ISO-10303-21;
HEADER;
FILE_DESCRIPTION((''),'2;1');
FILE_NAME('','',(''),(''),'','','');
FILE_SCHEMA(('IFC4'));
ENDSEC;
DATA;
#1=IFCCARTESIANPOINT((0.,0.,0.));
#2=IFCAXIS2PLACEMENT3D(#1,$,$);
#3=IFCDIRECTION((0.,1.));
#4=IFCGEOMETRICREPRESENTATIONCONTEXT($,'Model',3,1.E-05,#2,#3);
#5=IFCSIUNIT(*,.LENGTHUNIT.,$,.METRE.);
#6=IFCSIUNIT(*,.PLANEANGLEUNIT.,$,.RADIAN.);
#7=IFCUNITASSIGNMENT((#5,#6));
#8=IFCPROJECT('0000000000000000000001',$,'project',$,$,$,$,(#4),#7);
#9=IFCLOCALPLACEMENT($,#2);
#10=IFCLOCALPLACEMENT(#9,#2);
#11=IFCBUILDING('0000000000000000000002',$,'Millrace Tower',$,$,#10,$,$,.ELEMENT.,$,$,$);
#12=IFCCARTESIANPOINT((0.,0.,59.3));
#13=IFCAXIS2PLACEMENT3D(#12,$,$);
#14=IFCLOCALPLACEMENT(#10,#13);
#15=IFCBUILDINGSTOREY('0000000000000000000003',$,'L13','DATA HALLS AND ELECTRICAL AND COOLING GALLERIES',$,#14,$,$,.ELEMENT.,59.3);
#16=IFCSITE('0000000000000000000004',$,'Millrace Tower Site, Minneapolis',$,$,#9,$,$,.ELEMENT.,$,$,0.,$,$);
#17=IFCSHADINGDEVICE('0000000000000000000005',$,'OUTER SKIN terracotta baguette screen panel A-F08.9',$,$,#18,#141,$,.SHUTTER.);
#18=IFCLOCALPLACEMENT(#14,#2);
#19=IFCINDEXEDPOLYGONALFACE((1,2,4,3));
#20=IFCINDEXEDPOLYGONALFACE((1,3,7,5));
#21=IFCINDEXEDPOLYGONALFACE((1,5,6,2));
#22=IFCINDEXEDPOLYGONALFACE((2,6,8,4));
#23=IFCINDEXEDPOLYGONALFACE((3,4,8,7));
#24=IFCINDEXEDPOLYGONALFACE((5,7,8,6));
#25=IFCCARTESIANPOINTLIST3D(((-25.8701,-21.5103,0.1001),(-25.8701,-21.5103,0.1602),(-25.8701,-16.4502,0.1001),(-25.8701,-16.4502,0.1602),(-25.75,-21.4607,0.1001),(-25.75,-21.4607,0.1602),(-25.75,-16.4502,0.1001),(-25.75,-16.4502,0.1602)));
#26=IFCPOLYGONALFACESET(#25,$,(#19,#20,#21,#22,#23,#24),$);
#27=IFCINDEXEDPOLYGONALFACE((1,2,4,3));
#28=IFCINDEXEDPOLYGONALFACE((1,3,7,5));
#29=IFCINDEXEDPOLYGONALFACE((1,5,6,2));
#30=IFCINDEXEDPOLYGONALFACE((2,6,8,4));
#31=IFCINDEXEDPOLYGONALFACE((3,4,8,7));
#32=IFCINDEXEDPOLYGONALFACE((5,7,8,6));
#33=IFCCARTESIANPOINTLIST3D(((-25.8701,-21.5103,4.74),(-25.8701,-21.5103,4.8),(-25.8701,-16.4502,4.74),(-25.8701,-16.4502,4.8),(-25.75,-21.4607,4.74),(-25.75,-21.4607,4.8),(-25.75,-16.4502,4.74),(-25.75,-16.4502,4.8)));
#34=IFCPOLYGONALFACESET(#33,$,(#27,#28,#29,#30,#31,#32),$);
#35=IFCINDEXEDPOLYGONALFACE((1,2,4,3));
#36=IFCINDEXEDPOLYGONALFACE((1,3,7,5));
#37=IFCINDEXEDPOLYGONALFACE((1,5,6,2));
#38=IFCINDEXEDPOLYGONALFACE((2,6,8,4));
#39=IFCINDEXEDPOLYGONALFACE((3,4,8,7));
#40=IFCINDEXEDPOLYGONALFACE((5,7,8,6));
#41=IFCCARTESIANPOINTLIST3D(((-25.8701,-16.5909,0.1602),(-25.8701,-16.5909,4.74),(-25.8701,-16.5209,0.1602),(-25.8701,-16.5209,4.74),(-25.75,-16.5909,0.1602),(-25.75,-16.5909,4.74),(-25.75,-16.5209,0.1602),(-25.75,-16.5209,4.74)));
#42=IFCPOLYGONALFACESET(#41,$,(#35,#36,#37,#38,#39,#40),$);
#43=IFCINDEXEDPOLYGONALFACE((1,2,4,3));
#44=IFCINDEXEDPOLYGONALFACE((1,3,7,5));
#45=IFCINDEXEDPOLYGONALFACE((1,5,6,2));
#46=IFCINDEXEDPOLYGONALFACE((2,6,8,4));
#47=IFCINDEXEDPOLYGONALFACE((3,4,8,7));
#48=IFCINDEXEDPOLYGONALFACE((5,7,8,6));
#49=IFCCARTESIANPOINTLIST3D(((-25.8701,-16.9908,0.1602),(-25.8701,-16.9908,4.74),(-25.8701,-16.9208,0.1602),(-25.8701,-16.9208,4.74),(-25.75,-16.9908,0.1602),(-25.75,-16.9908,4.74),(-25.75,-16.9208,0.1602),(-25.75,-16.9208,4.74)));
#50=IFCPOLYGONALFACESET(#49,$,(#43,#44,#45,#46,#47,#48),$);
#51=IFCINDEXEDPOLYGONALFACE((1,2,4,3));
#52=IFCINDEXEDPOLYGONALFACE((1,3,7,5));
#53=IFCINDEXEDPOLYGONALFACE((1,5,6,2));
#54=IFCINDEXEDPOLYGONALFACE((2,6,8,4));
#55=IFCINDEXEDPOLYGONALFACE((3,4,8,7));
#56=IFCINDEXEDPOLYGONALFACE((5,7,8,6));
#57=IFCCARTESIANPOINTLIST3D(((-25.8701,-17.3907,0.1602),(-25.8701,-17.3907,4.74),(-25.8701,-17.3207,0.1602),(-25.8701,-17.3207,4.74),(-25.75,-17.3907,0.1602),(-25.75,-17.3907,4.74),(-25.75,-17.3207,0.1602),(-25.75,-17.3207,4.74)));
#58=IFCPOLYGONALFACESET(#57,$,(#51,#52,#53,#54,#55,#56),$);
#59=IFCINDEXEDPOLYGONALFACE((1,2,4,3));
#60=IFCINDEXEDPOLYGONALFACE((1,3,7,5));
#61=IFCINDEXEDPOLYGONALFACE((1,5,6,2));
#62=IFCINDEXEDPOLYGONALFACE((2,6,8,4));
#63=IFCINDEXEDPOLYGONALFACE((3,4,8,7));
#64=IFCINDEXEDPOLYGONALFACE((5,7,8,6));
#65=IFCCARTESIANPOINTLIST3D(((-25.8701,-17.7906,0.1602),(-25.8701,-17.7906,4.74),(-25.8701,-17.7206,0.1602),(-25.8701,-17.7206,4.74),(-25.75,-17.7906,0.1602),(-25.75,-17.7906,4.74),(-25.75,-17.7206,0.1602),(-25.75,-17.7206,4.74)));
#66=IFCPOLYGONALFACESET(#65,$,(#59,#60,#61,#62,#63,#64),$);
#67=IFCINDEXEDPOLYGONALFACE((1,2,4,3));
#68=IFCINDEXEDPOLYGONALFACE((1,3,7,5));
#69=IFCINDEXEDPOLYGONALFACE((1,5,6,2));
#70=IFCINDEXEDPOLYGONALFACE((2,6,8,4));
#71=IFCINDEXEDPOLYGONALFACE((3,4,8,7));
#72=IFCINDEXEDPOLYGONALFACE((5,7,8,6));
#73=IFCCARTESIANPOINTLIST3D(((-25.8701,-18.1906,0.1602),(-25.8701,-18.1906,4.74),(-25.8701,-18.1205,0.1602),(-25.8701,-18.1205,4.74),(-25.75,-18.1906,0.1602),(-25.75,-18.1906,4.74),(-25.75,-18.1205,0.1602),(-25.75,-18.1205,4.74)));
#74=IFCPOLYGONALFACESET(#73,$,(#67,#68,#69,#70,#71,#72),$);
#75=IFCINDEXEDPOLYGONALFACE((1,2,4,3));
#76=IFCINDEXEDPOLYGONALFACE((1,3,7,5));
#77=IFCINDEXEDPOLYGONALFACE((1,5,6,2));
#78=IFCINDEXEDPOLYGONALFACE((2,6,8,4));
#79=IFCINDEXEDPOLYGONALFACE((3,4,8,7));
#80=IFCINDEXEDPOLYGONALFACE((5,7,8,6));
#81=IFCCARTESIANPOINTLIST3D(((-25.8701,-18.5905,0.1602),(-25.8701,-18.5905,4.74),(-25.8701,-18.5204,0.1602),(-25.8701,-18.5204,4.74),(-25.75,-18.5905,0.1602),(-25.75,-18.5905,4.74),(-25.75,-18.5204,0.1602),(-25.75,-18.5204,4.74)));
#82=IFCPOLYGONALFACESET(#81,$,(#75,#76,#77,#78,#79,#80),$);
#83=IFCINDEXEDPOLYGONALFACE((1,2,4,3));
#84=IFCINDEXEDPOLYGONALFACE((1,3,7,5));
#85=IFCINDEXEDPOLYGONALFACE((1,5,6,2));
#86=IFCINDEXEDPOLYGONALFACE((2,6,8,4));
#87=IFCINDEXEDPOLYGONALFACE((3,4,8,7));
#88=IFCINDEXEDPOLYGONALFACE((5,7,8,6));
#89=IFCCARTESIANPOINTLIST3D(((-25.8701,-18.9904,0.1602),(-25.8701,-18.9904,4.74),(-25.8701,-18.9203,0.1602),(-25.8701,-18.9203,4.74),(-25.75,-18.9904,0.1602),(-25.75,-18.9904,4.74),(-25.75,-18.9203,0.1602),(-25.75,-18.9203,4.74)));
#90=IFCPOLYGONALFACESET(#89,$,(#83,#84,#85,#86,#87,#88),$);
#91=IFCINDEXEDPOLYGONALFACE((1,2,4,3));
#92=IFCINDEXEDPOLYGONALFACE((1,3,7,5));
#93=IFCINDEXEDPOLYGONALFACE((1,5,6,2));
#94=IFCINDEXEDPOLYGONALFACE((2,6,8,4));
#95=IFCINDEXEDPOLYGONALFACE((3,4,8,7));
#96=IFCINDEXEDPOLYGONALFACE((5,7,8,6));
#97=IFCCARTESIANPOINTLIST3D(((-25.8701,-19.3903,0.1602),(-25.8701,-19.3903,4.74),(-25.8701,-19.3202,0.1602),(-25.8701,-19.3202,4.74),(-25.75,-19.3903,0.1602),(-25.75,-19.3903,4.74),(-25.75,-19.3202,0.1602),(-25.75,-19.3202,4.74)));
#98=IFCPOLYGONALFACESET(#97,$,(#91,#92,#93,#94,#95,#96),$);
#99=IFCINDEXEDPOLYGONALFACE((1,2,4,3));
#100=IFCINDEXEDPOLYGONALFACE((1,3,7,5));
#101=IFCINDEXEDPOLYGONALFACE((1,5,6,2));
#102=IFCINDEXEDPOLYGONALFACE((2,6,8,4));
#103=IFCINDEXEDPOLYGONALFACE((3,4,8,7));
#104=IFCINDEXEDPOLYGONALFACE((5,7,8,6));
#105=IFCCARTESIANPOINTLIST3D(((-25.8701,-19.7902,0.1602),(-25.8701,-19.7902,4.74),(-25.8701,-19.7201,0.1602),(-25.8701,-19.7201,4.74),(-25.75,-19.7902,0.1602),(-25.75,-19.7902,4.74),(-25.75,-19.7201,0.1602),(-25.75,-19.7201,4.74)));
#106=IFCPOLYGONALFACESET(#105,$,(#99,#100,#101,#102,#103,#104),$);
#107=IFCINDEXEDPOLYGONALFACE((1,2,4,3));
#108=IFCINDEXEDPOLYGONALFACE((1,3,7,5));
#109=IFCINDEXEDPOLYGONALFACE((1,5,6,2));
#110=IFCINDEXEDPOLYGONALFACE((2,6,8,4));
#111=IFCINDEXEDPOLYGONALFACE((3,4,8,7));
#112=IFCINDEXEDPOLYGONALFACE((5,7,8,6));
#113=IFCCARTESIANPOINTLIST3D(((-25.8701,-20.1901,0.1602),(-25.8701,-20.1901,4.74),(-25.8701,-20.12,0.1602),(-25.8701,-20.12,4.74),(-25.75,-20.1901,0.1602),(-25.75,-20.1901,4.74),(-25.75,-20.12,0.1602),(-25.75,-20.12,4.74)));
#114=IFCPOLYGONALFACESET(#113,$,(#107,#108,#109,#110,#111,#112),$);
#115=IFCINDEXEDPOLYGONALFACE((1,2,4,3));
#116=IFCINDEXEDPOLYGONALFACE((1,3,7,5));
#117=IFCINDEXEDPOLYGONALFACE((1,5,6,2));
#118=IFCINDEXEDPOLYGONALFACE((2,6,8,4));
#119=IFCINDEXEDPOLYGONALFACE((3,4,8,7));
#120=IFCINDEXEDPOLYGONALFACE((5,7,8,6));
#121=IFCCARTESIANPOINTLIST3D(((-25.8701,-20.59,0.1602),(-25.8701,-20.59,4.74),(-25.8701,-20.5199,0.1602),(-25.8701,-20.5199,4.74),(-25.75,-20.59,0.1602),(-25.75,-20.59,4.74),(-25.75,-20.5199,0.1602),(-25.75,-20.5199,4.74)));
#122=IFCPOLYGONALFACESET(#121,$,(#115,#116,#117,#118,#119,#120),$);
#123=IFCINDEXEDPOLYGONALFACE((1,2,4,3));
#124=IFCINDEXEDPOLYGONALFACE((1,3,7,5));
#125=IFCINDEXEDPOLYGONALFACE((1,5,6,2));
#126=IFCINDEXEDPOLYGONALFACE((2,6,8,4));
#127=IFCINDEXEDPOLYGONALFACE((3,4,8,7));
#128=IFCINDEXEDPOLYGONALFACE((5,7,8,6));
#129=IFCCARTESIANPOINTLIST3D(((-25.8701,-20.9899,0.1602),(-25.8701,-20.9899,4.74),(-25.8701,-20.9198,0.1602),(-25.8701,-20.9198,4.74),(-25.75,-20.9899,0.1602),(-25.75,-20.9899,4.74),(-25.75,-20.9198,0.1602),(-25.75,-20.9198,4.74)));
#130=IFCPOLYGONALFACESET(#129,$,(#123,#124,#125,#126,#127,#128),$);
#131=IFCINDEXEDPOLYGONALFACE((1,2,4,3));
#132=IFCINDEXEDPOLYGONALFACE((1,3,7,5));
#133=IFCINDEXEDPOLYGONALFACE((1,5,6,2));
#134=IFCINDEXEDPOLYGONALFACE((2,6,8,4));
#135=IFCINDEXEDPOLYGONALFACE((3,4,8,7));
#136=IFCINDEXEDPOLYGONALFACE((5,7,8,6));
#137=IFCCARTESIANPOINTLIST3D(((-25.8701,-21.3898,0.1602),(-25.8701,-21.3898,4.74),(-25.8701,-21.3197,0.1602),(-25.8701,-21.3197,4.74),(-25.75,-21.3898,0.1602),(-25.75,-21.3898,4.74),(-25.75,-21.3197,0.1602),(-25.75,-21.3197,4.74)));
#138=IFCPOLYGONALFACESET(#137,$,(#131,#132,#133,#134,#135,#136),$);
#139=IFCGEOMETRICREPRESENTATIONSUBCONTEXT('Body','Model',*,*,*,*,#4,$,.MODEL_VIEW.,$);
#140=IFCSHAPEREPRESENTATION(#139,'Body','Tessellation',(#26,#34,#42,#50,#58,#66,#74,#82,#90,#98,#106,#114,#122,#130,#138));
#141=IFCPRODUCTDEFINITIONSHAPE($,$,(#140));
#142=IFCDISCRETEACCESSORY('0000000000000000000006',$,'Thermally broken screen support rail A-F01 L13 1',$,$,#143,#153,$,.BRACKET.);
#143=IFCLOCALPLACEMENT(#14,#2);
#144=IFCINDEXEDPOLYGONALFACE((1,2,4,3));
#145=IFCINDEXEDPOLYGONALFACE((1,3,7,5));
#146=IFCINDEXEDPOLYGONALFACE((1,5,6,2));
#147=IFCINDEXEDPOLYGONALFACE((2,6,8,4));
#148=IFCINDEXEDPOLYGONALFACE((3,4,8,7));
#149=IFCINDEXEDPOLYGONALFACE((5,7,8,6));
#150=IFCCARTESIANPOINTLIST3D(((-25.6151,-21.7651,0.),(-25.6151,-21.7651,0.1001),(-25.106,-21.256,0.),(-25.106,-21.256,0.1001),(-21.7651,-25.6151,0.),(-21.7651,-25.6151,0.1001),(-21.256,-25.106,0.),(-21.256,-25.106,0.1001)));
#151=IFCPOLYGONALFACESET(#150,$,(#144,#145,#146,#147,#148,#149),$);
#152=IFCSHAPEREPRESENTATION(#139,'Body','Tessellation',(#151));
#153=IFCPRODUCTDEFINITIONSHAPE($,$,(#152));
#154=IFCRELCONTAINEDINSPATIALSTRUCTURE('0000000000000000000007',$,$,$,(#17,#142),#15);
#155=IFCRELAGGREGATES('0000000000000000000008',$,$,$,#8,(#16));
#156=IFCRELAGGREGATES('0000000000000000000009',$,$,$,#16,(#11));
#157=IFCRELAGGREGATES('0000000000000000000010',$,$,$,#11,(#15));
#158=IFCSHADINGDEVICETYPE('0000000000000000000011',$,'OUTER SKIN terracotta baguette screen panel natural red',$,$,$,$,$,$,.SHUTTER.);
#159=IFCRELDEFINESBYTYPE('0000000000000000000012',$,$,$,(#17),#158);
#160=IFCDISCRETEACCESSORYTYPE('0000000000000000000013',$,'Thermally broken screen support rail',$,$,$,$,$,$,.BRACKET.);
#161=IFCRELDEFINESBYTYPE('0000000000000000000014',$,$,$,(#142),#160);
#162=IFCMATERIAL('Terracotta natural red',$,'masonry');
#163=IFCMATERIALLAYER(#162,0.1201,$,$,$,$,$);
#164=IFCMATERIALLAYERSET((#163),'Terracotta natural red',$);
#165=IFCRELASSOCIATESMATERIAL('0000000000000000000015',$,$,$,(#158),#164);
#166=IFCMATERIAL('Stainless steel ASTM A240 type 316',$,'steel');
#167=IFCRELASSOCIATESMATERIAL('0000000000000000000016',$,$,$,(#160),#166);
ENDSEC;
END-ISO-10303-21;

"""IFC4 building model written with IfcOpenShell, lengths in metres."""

from ifc_helpers import new_model, entity, si_unit, direction, frame, frame_2d, origin, origin_2d, place, context, subcontext, project, spatial, rectangle, extrude, source, transform, mapped, material, layer, layer_set, type_object, element, save


model = new_model("IFC4")

# Units and contexts
model_context = context("Model", 3, precision=1e-05, world=origin(), true_north=direction((0.0, 1.0)))
body_context = subcontext(model_context, "Body", "Model", "MODEL_VIEW")
ifc_project = project(units=[si_unit("LENGTHUNIT", "METRE"), si_unit("PLANEANGLEUNIT", "RADIAN")], contexts=[model_context])

# Site, building, storey
site_placement = place(None, origin())
site = spatial("IfcSite", under=ifc_project, at=site_placement, Name="Millrace Tower Site, Minneapolis", CompositionType="ELEMENT", RefElevation=0.0)
building_placement = place(site_placement, origin())
building = spatial("IfcBuilding", under=site, at=building_placement, Name="Millrace Tower", CompositionType="ELEMENT")
storey_placement = place(building_placement, frame((0.0, 0.0, 59.3)))
storey = spatial("IfcBuildingStorey", under=building, at=storey_placement, Name="L13", Description="DATA HALLS AND ELECTRICAL AND COOLING GALLERIES", CompositionType="ELEMENT", Elevation=59.3)

# Shading device
ifc_material_1 = material(Name="Terracotta natural red", Category="masonry")
ifc_layer_1 = layer(ifc_material_1, 0.1201)
ifc_layer_set_1 = layer_set([ifc_layer_1], Name="Terracotta natural red")
shading_device_type_1 = type_object("IfcShadingDeviceType", Name="OUTER SKIN terracotta baguette screen panel natural red", PredefinedType="SHUTTER", material=ifc_layer_set_1)
cartesian_point_1 = entity("IfcCartesianPoint", [-2.5176, 0.0601])
shared_polyline_1 = entity("IfcPolyline", [cartesian_point_1, entity("IfcCartesianPoint", [2.4929, 0.0601]), entity("IfcCartesianPoint", [2.5425, -0.0601]), entity("IfcCartesianPoint", [-2.5176, -0.0601]), cartesian_point_1])
shared_shape_1 = source(origin(), body_context, "Body", "SweptSolid", [
    entity("IfcExtrudedAreaSolid", entity("IfcArbitraryClosedProfileDef", "AREA", None, shared_polyline_1), entity("IfcAxis2Placement3D", entity("IfcCartesianPoint", [0.0, 0.0, 0.0])), entity("IfcDirection", [0.0, 0.0, 1.0]), 0.0601),
    entity("IfcExtrudedAreaSolid", entity("IfcArbitraryClosedProfileDef", "AREA", None, shared_polyline_1), entity("IfcAxis2Placement3D", entity("IfcCartesianPoint", [0.0, 0.0, 4.6399])), entity("IfcDirection", [0.0, 0.0, 1.0]), 0.0601),
    extrude(rectangle(XDim=0.0701, YDim=0.1201, at=frame_2d((-2.4119, 0.0))), frame((0.0, 0.0, 0.0601)), (0.0, 0.0, 1.0), 4.5798),
    extrude(rectangle(XDim=0.0701, YDim=0.1201, at=frame_2d((-2.012, 0.0))), frame((0.0, 0.0, 0.0601)), (0.0, 0.0, 1.0), 4.5798),
    extrude(rectangle(XDim=0.0701, YDim=0.1201, at=frame_2d((-1.6121, 0.0))), frame((0.0, 0.0, 0.0601)), (0.0, 0.0, 1.0), 4.5798),
    extrude(rectangle(XDim=0.0701, YDim=0.1201, at=frame_2d((-1.2122, 0.0))), frame((0.0, 0.0, 0.0601)), (0.0, 0.0, 1.0), 4.5798),
    extrude(rectangle(XDim=0.0701, YDim=0.1201, at=frame_2d((-0.8123, 0.0))), frame((0.0, 0.0, 0.0601)), (0.0, 0.0, 1.0), 4.5798),
    extrude(rectangle(XDim=0.0701, YDim=0.1201, at=frame_2d((-0.4124, 0.0))), frame((0.0, 0.0, 0.0601)), (0.0, 0.0, 1.0), 4.5798),
    extrude(rectangle(XDim=0.0701, YDim=0.1201, at=frame_2d((-0.0125, 0.0))), frame((0.0, 0.0, 0.0601)), (0.0, 0.0, 1.0), 4.5798),
    extrude(rectangle(XDim=0.0701, YDim=0.1201, at=frame_2d((0.3875, 0.0))), frame((0.0, 0.0, 0.0601)), (0.0, 0.0, 1.0), 4.5798),
    extrude(rectangle(XDim=0.0701, YDim=0.1201, at=frame_2d((0.7874, 0.0))), frame((0.0, 0.0, 0.0601)), (0.0, 0.0, 1.0), 4.5798),
    extrude(rectangle(XDim=0.0701, YDim=0.1201, at=frame_2d((1.1873, 0.0))), frame((0.0, 0.0, 0.0601)), (0.0, 0.0, 1.0), 4.5798),
    extrude(rectangle(XDim=0.0701, YDim=0.1201, at=frame_2d((1.5872, 0.0))), frame((0.0, 0.0, 0.0601)), (0.0, 0.0, 1.0), 4.5798),
    extrude(rectangle(XDim=0.0701, YDim=0.1201, at=frame_2d((1.9871, 0.0))), frame((0.0, 0.0, 0.0601)), (0.0, 0.0, 1.0), 4.5798),
    extrude(rectangle(XDim=0.0701, YDim=0.1201, at=frame_2d((2.387, 0.0))), frame((0.0, 0.0, 0.0601)), (0.0, 0.0, 1.0), 4.5798),
])
shading_device_1_placement = place(storey_placement, frame((-25.8101, -18.9678, 0.1001), z_axis=(0.0, 0.0, 1.0), x_axis=(0.0, -1.0, 0.0)))
element("IfcShadingDevice", 1, at=shading_device_1_placement, inside=storey, type_object=shading_device_type_1, Name="OUTER SKIN terracotta baguette screen panel A-F08.9", PredefinedType="SHUTTER", context=body_context, shape_type="MappedRepresentation", body=[
    mapped(shared_shape_1, transform((0.0, 0.0, 0.0), scale=1.0)),
])

# Discrete accessory
ifc_material_2 = material(Name="Stainless steel ASTM A240 type 316", Category="steel")
discrete_accessory_type = type_object("IfcDiscreteAccessoryType", Name="Thermally broken screen support rail", PredefinedType="BRACKET", material=ifc_material_2)
discrete_accessory_placement = place(storey_placement, frame((-23.4355, -23.4355, 0.0), z_axis=(0.0, 0.0, 1.0), x_axis=(0.707107, -0.707107, 0.0)))
element("IfcDiscreteAccessory", 2, at=discrete_accessory_placement, inside=storey, type_object=discrete_accessory_type, Name="Thermally broken screen support rail A-F01 L13 1", PredefinedType="BRACKET", context=body_context, shape_type="SweptSolid", body=[
    extrude(rectangle(XDim=5.4448, YDim=0.72, at=origin_2d()), origin(), (0.0, 0.0, 1.0), 0.1001),
])

save(model, "model.ifc")
